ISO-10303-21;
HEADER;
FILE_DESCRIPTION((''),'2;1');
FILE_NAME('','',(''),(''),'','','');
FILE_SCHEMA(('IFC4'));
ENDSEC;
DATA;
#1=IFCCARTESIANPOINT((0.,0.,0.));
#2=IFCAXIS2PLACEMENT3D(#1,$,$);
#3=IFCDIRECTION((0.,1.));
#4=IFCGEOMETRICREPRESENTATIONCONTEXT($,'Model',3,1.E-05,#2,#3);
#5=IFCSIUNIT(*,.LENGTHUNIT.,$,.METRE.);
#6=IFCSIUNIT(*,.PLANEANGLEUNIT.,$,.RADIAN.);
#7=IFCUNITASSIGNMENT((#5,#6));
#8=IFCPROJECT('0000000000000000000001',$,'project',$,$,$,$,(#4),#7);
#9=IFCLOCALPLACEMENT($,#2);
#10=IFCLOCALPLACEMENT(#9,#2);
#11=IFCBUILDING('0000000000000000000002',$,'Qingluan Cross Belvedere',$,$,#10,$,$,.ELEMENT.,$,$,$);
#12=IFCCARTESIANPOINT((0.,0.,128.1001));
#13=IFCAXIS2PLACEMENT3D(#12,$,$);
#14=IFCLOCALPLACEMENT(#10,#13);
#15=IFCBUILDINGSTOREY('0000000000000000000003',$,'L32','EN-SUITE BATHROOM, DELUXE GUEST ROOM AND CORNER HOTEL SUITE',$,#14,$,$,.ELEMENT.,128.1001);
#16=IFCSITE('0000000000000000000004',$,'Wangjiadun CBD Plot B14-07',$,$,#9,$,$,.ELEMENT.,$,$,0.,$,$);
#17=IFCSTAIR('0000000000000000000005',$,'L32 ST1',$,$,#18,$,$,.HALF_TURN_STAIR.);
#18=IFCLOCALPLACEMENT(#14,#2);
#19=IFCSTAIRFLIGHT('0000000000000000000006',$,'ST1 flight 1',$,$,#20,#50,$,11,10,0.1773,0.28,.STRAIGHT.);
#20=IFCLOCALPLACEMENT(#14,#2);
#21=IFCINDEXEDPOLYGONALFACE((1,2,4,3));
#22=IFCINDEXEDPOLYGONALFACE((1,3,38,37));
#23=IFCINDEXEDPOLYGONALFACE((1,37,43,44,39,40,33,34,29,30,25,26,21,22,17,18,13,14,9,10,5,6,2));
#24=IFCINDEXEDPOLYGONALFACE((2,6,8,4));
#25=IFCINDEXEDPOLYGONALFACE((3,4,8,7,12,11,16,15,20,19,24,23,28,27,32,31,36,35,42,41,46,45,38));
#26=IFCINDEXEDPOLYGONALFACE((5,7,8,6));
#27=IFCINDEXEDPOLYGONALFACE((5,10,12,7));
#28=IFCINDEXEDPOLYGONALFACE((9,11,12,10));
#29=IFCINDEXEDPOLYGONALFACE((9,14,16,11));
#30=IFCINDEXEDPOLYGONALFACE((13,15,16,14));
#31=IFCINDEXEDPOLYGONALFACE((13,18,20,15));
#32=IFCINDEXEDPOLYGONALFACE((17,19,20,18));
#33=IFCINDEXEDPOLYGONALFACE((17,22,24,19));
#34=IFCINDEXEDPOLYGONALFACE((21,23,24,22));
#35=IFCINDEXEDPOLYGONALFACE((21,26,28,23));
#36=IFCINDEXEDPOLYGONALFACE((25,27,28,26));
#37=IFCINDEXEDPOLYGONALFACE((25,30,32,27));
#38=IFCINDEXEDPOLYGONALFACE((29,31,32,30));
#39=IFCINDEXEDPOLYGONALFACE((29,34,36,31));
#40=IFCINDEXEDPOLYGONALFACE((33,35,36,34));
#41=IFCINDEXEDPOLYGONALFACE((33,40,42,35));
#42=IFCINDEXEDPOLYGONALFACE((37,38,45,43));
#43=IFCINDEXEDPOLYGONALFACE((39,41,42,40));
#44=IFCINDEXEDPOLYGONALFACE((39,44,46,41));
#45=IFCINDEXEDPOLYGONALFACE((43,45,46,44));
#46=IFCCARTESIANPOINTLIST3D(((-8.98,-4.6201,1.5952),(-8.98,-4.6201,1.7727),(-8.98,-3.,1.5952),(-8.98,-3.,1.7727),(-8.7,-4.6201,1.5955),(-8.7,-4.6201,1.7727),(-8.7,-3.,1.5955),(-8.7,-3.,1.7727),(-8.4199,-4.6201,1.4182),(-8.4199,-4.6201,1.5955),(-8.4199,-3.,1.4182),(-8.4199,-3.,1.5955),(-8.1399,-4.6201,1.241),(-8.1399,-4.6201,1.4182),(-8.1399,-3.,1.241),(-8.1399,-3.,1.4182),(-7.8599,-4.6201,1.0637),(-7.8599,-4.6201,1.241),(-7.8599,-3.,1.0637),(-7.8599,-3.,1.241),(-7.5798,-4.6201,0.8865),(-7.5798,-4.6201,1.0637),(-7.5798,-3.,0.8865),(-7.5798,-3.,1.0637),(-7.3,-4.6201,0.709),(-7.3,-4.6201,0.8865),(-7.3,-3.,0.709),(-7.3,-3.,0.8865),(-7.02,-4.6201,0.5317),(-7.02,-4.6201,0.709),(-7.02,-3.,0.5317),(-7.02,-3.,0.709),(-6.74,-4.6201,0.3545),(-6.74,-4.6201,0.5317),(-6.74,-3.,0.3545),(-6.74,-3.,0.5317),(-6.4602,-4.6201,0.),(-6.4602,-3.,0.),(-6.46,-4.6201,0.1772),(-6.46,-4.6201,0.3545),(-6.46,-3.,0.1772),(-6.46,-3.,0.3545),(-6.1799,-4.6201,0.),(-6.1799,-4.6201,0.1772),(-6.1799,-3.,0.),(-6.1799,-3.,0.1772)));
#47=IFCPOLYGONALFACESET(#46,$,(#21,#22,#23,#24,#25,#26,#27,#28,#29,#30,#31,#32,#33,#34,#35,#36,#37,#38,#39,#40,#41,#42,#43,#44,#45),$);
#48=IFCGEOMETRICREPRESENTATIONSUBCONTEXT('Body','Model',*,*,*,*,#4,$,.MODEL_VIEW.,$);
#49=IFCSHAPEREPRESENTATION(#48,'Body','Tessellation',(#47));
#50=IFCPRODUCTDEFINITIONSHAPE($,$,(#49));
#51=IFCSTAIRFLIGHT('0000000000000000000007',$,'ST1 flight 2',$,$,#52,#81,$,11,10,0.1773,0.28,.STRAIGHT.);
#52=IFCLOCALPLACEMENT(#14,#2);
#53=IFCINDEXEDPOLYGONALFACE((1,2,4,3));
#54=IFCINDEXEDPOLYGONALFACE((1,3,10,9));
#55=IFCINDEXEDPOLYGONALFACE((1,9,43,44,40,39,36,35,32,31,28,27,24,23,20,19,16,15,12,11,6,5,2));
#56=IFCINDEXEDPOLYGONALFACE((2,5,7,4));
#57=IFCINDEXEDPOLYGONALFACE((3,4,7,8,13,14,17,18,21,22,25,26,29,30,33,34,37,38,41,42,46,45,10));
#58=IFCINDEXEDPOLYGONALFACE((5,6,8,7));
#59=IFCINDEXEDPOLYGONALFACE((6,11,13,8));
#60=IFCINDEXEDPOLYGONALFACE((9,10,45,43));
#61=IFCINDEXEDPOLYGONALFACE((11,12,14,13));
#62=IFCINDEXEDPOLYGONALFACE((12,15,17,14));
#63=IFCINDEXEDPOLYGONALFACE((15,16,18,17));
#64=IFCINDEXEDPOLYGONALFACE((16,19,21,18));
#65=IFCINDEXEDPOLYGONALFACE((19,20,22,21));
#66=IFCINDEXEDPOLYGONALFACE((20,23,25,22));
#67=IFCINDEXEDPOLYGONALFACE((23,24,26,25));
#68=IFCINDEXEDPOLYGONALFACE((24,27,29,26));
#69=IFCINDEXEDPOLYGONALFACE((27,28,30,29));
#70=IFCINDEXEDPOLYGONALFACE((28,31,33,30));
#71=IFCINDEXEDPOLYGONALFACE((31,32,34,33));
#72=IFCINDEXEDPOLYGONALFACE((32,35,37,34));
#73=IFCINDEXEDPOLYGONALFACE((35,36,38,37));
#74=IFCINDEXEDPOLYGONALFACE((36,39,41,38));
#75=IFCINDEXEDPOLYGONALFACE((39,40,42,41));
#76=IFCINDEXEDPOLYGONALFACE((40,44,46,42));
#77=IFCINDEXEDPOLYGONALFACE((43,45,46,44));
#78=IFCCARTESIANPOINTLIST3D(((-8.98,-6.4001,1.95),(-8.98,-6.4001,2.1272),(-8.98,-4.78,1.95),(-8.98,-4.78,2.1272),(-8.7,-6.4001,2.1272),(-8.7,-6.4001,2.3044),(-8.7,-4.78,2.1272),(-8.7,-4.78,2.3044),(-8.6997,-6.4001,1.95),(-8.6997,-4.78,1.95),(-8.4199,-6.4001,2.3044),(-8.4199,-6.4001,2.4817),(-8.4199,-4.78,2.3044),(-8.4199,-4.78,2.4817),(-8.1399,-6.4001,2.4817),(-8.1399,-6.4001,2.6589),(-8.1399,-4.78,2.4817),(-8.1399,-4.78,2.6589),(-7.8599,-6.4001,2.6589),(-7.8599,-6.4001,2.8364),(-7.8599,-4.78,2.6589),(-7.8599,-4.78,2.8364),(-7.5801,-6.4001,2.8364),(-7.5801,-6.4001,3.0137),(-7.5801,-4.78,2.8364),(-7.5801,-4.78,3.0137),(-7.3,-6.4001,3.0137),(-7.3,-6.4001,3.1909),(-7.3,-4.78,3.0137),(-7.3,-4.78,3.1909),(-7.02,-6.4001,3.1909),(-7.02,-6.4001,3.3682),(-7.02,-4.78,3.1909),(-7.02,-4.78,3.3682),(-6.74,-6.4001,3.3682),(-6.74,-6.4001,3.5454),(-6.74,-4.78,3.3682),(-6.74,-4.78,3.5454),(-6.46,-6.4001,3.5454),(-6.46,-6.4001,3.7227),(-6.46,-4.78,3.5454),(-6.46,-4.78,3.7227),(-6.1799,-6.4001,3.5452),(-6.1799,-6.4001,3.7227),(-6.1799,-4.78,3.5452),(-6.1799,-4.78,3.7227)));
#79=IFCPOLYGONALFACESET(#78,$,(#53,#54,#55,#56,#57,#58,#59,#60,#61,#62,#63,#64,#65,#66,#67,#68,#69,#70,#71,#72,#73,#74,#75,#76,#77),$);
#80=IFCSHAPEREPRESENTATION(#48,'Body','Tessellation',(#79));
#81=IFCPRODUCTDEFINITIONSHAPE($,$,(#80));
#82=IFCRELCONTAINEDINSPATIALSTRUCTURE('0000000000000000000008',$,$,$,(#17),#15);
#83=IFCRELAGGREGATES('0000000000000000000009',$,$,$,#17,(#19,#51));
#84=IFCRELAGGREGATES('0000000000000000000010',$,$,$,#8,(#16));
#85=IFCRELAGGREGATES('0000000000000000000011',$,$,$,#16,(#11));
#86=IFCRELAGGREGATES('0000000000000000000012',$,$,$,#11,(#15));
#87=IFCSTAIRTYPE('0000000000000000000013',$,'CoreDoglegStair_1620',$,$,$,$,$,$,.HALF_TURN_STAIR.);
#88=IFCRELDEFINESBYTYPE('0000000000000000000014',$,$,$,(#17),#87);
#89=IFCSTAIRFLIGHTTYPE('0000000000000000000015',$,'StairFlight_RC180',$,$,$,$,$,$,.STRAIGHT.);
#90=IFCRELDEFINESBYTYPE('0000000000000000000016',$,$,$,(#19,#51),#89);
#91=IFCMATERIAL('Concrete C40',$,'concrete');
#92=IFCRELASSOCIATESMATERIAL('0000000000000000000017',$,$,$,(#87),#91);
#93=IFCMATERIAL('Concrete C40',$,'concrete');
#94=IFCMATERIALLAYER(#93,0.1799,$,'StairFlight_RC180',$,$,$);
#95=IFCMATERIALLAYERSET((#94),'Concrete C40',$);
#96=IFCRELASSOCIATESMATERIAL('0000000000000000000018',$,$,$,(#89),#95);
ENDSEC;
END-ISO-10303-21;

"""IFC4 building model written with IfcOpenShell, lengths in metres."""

from ifc_helpers import new_model, si_unit, direction, frame, origin, place, context, subcontext, project, spatial, polyline, outline, extrude, material, layer, layer_set, type_object, element, aggregate, save


model = new_model("IFC4")

# Units and contexts
model_context = context("Model", 3, precision=1e-05, world=origin(), true_north=direction((0.0, 1.0)))
body_context = subcontext(model_context, "Body", "Model", "MODEL_VIEW")
ifc_project = project(units=[si_unit("LENGTHUNIT", "METRE"), si_unit("PLANEANGLEUNIT", "RADIAN")], contexts=[model_context])

# Site, building, storey
site_placement = place(None, origin())
site = spatial("IfcSite", under=ifc_project, at=site_placement, Name="Wangjiadun CBD Plot B14-07", CompositionType="ELEMENT", RefElevation=0.0)
building_placement = place(site_placement, origin())
building = spatial("IfcBuilding", under=site, at=building_placement, Name="Qingluan Cross Belvedere", CompositionType="ELEMENT")
storey_placement = place(building_placement, frame((0.0, 0.0, 128.1001)))
storey = spatial("IfcBuildingStorey", under=building, at=storey_placement, Name="L32", Description="EN-SUITE BATHROOM, DELUXE GUEST ROOM AND CORNER HOTEL SUITE", CompositionType="ELEMENT", Elevation=128.1001)

# Stair, stair flights
ifc_material_1 = material(Name="Concrete C40", Category="concrete")
stair_type = type_object("IfcStairType", Name="CoreDoglegStair_1620", PredefinedType="HALF_TURN_STAIR", material=ifc_material_1)
stair_placement = place(storey_placement, origin())
stair = element("IfcStair", 1, at=stair_placement, inside=storey, type_object=stair_type, Name="L32 ST1", PredefinedType="HALF_TURN_STAIR")
ifc_material_2 = material(Name="Concrete C40", Category="concrete")
ifc_layer_1 = layer(ifc_material_2, 0.1799, Name="StairFlight_RC180")
ifc_layer_set_1 = layer_set([ifc_layer_1], Name="Concrete C40")
stair_flight_type = type_object("IfcStairFlightType", Name="StairFlight_RC180", PredefinedType="STRAIGHT", material=ifc_layer_set_1)
stair_flight_1_placement = place(storey_placement, frame((-6.1799, -3.8101, 0.0), z_axis=(0.0, 0.0, 1.0), x_axis=(-1.0, 0.0, 0.0)))
stair_flight_1 = element("IfcStairFlight", 2, at=stair_flight_1_placement, type_object=stair_flight_type, Name="ST1 flight 1", NumberOfRisers=11, NumberOfTreads=10, PredefinedType="STRAIGHT", RiserHeight=0.1773, TreadLength=0.28, context=body_context, shape_type="SweptSolid", body=[
    extrude(outline(polyline([(0.0, 0.0), (0.0, 0.1772), (0.28, 0.1772), (0.28, 0.3545), (0.5601, 0.3545), (0.5601, 0.5317), (0.8401, 0.5317), (0.8401, 0.709), (1.1201, 0.709), (1.1201, 0.8865), (1.3999, 0.8865), (1.3999, 1.0637), (1.6799, 1.0637), (1.6799, 1.241), (1.96, 1.241), (1.96, 1.4182), (2.24, 1.4182), (2.24, 1.5955), (2.52, 1.5955), (2.52, 1.7727), (2.8, 1.7727), (2.8, 1.95), (2.8, 1.5952), (0.2803, 0.0), (0.0, 0.0)])), frame((0.0, 0.8101, 0.0), z_axis=(0.0, -1.0, 0.0), x_axis=(1.0, 0.0, 0.0)), (0.0, 0.0, 1.0), 1.6201),
])
stair_flight_2_placement = place(storey_placement, frame((-8.98, -5.5901, 1.95), z_axis=(0.0, 0.0, 1.0), x_axis=(1.0, 0.0, 0.0)))
stair_flight_2 = element("IfcStairFlight", 3, at=stair_flight_2_placement, type_object=stair_flight_type, Name="ST1 flight 2", NumberOfRisers=11, NumberOfTreads=10, PredefinedType="STRAIGHT", RiserHeight=0.1773, TreadLength=0.28, context=body_context, shape_type="SweptSolid", body=[
    extrude(outline(polyline([(0.0, 0.0), (0.0, 0.1772), (0.28, 0.1772), (0.28, 0.3545), (0.5601, 0.3545), (0.5601, 0.5317), (0.8401, 0.5317), (0.8401, 0.709), (1.1201, 0.709), (1.1201, 0.8865), (1.3999, 0.8865), (1.3999, 1.0637), (1.6799, 1.0637), (1.6799, 1.241), (1.96, 1.241), (1.96, 1.4182), (2.24, 1.4182), (2.24, 1.5955), (2.52, 1.5955), (2.52, 1.7727), (2.8, 1.7727), (2.8, 1.95), (2.8, 1.5952), (0.2803, 0.0), (0.0, 0.0)])), frame((0.0, 0.8101, 0.0), z_axis=(0.0, -1.0, 0.0), x_axis=(1.0, 0.0, 0.0)), (0.0, 0.0, 1.0), 1.6201),
])
aggregate(stair, [stair_flight_1, stair_flight_2])

save(model, "model.ifc")
